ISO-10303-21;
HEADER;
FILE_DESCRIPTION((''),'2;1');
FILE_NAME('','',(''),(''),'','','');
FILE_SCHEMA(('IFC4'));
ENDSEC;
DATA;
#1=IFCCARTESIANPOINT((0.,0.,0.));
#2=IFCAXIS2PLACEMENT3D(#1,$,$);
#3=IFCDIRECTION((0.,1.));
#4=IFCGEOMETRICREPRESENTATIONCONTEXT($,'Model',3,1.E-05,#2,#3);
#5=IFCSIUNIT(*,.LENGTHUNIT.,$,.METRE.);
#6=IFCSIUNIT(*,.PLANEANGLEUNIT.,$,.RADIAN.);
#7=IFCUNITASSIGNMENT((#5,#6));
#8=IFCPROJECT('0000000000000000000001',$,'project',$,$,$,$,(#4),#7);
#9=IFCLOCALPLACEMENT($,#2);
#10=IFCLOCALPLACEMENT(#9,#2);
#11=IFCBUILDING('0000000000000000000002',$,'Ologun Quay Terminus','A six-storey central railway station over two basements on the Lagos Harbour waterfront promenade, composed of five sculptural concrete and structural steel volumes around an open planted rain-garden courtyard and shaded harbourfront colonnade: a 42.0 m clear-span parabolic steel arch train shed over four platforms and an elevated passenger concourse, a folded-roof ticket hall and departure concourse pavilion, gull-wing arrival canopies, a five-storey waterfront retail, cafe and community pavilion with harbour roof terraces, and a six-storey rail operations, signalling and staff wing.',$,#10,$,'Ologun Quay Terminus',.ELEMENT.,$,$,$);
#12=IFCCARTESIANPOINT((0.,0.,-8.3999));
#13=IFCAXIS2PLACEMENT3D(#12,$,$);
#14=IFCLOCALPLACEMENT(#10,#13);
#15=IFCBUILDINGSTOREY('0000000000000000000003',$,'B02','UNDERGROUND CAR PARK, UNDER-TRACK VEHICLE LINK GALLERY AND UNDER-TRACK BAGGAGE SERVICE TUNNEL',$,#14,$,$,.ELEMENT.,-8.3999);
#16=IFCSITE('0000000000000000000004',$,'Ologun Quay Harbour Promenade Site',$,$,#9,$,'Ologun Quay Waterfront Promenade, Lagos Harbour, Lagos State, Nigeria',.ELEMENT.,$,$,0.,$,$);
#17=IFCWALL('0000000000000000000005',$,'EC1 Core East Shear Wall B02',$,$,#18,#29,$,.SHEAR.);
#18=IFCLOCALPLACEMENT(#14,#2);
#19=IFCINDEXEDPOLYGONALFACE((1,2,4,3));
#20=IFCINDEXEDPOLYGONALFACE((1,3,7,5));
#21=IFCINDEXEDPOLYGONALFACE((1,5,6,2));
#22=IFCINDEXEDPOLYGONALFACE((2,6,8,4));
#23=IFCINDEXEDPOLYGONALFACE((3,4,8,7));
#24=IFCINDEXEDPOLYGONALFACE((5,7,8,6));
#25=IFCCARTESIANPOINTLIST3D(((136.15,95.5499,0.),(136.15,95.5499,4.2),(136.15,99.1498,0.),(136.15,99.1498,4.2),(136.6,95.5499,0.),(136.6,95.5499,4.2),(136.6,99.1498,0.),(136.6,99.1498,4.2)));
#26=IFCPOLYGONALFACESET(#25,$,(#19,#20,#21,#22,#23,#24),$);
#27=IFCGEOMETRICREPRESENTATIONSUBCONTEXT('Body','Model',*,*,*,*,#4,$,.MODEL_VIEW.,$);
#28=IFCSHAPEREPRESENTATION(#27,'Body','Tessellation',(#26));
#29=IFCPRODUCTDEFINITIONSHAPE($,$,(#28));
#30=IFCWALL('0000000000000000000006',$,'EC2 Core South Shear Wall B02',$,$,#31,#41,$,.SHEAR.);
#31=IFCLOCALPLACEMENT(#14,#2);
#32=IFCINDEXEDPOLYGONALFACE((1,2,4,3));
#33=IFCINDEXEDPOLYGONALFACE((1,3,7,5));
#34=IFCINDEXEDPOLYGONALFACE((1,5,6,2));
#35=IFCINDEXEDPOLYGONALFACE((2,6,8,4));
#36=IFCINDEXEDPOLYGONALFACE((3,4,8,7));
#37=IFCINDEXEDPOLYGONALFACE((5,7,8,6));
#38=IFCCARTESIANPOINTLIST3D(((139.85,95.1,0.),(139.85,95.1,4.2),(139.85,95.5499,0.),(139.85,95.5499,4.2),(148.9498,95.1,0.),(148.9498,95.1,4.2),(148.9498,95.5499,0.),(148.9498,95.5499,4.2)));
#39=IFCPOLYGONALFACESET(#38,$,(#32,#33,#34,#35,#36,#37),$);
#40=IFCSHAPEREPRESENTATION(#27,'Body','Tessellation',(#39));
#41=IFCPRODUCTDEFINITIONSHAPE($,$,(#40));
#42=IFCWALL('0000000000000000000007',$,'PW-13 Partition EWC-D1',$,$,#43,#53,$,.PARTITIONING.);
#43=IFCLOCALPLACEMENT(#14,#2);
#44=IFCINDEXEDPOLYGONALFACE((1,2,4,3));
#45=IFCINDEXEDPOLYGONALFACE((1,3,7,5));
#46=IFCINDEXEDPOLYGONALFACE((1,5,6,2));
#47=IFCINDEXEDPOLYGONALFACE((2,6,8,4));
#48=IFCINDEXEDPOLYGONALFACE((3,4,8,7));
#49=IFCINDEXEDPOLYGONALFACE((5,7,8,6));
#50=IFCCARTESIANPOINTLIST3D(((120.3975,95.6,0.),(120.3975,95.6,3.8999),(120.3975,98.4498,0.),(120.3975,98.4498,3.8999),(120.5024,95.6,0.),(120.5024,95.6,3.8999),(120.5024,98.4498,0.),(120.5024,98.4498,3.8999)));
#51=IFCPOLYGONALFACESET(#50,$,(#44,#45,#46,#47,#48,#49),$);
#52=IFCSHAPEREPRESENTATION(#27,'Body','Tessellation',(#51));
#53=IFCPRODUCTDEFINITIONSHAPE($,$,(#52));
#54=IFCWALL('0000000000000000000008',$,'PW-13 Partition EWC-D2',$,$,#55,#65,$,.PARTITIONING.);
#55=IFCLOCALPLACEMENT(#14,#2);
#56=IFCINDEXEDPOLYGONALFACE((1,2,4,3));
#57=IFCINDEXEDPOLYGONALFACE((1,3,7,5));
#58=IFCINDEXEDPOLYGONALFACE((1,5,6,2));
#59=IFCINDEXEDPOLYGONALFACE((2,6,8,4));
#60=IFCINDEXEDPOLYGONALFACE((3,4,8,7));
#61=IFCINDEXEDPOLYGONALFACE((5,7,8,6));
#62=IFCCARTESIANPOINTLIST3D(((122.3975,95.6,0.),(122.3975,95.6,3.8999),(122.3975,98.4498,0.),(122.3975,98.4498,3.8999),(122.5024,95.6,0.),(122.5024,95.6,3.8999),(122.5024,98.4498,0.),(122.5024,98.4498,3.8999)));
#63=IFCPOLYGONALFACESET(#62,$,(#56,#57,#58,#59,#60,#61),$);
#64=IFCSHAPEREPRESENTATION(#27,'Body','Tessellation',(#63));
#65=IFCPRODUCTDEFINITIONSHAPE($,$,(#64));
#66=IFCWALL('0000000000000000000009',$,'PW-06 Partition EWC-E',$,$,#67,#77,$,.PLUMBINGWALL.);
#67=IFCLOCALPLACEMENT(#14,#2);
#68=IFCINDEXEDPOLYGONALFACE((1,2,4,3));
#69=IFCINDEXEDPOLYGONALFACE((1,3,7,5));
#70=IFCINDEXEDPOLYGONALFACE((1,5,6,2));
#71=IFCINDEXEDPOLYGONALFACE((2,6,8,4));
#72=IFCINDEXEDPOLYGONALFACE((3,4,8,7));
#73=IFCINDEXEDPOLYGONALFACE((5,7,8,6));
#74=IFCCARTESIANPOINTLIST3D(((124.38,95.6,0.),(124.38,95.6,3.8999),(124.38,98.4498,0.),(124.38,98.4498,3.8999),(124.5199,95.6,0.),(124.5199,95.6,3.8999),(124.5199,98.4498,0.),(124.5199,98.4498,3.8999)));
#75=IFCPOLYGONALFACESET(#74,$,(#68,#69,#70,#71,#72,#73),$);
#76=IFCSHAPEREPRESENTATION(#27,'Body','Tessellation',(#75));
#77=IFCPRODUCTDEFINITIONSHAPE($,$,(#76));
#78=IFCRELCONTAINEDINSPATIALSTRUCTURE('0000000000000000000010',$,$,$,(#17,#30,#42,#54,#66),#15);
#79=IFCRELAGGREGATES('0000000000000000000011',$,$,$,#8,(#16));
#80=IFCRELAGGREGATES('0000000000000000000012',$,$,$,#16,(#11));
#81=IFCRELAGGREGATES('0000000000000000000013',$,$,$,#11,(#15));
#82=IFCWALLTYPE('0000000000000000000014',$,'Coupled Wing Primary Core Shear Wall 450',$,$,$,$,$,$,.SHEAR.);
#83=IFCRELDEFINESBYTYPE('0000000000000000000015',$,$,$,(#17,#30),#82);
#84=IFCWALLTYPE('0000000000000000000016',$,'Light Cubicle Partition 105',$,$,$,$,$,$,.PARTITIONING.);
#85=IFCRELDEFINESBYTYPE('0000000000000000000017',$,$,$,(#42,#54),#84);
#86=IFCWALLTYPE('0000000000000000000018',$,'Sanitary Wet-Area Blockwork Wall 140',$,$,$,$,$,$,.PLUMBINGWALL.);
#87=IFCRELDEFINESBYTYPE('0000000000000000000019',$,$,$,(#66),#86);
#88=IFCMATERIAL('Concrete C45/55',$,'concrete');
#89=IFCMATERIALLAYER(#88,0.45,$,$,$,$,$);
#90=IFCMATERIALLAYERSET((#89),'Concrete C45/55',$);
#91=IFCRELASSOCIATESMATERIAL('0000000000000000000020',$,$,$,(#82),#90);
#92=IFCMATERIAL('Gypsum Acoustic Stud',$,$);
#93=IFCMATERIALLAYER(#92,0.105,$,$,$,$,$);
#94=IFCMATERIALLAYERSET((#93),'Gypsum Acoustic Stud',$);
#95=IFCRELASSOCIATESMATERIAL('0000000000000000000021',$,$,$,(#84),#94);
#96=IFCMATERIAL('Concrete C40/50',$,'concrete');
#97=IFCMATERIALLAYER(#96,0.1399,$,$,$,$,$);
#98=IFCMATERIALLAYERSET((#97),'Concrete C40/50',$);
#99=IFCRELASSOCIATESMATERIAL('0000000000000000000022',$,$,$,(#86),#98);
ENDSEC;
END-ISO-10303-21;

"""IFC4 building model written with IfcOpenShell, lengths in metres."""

from ifc_helpers import new_model, si_unit, direction, frame, frame_2d, origin, place, context, subcontext, project, spatial, rectangle, extrude, material, layer, layer_set, type_object, element, save


model = new_model("IFC4")

# Units and contexts
model_context = context("Model", 3, precision=1e-05, world=origin(), true_north=direction((0.0, 1.0)))
body_context = subcontext(model_context, "Body", "Model", "MODEL_VIEW")
ifc_project = project(units=[si_unit("LENGTHUNIT", "METRE"), si_unit("PLANEANGLEUNIT", "RADIAN")], contexts=[model_context])

# Site, building, storey
site_placement = place(None, origin())
site = spatial("IfcSite", under=ifc_project, at=site_placement, Name="Ologun Quay Harbour Promenade Site", LongName="Ologun Quay Waterfront Promenade, Lagos Harbour, Lagos State, Nigeria", CompositionType="ELEMENT", RefElevation=0.0)
building_placement = place(site_placement, origin())
building = spatial("IfcBuilding", under=site, at=building_placement, Name="Ologun Quay Terminus", Description="A six-storey central railway station over two basements on the Lagos Harbour waterfront promenade, composed of five sculptural concrete and structural steel volumes around an open planted rain-garden courtyard and shaded harbourfront colonnade: a 42.0 m clear-span parabolic steel arch train shed over four platforms and an elevated passenger concourse, a folded-roof ticket hall and departure concourse pavilion, gull-wing arrival canopies, a five-storey waterfront retail, cafe and community pavilion with harbour roof terraces, and a six-storey rail operations, signalling and staff wing.", LongName="Ologun Quay Terminus", CompositionType="ELEMENT")
storey_placement = place(building_placement, frame((0.0, 0.0, -8.3999)))
storey = spatial("IfcBuildingStorey", under=building, at=storey_placement, Name="B02", Description="UNDERGROUND CAR PARK, UNDER-TRACK VEHICLE LINK GALLERY AND UNDER-TRACK BAGGAGE SERVICE TUNNEL", CompositionType="ELEMENT", Elevation=-8.3999)

# Walls
ifc_material_1 = material(Name="Concrete C45/55", Category="concrete")
ifc_layer_1 = layer(ifc_material_1, 0.45)
ifc_layer_set_1 = layer_set([ifc_layer_1], Name="Concrete C45/55")
wall_type_1 = type_object("IfcWallType", Name="Coupled Wing Primary Core Shear Wall 450", PredefinedType="SHEAR", material=ifc_layer_set_1)
wall_1_placement = place(storey_placement, frame((136.375, 95.55, 0.0), z_axis=(0.0, 0.0, 1.0), x_axis=(0.0, 1.0, 0.0)))
element("IfcWall", 1, at=wall_1_placement, inside=storey, type_object=wall_type_1, Name="EC1 Core East Shear Wall B02", PredefinedType="SHEAR", context=body_context, shape_type="SweptSolid", body=[
    extrude(rectangle(XDim=3.5999, YDim=0.45, at=frame_2d((1.7998, 0.0))), origin(), (0.0, 0.0, 1.0), 4.2),
])
wall_2_placement = place(storey_placement, frame((139.8501, 95.325, 0.0), z_axis=(0.0, 0.0, 1.0), x_axis=(1.0, 0.0, 0.0)))
element("IfcWall", 2, at=wall_2_placement, inside=storey, type_object=wall_type_1, Name="EC2 Core South Shear Wall B02", PredefinedType="SHEAR", context=body_context, shape_type="SweptSolid", body=[
    extrude(rectangle(XDim=9.0999, YDim=0.45, at=frame_2d((4.5498, 0.0))), origin(), (0.0, 0.0, 1.0), 4.2),
])

# Walls
ifc_material_2 = material(Name="Gypsum Acoustic Stud")
ifc_layer_2 = layer(ifc_material_2, 0.105)
ifc_layer_set_2 = layer_set([ifc_layer_2], Name="Gypsum Acoustic Stud")
wall_type_2 = type_object("IfcWallType", Name="Light Cubicle Partition 105", PredefinedType="PARTITIONING", material=ifc_layer_set_2)
for number, where, z_axis, x_axis, name in (
    (3, (120.45, 95.6001, 0.0), (0.0, 0.0, 1.0), (0.0, 1.0, 0.0), "PW-13 Partition EWC-D1"),
    (4, (122.45, 95.6001, 0.0), (0.0, 0.0, 1.0), (0.0, 1.0, 0.0), "PW-13 Partition EWC-D2"),
):
    element("IfcWall", number, at=place(storey_placement, frame(where, z_axis=z_axis, x_axis=x_axis)), inside=storey, type_object=wall_type_2, Name=name, PredefinedType="PARTITIONING", context=body_context, shape_type="SweptSolid", body=[
        extrude(rectangle(XDim=2.8499, YDim=0.105, at=frame_2d((1.4248, 0.0))), origin(), (0.0, 0.0, 1.0), 3.8999),
    ])
ifc_material_3 = material(Name="Concrete C40/50", Category="concrete")
ifc_layer_3 = layer(ifc_material_3, 0.1399)
ifc_layer_set_3 = layer_set([ifc_layer_3], Name="Concrete C40/50")
wall_type_3 = type_object("IfcWallType", Name="Sanitary Wet-Area Blockwork Wall 140", PredefinedType="PLUMBINGWALL", material=ifc_layer_set_3)
wall_3_placement = place(storey_placement, frame((124.45, 95.6001, 0.0), z_axis=(0.0, 0.0, 1.0), x_axis=(0.0, 1.0, 0.0)))
element("IfcWall", 5, at=wall_3_placement, inside=storey, type_object=wall_type_3, Name="PW-06 Partition EWC-E", PredefinedType="PLUMBINGWALL", context=body_context, shape_type="SweptSolid", body=[
    extrude(rectangle(XDim=2.8499, YDim=0.1399, at=frame_2d((1.4248, 0.0))), origin(), (0.0, 0.0, 1.0), 3.8999),
])

save(model, "model.ifc")
